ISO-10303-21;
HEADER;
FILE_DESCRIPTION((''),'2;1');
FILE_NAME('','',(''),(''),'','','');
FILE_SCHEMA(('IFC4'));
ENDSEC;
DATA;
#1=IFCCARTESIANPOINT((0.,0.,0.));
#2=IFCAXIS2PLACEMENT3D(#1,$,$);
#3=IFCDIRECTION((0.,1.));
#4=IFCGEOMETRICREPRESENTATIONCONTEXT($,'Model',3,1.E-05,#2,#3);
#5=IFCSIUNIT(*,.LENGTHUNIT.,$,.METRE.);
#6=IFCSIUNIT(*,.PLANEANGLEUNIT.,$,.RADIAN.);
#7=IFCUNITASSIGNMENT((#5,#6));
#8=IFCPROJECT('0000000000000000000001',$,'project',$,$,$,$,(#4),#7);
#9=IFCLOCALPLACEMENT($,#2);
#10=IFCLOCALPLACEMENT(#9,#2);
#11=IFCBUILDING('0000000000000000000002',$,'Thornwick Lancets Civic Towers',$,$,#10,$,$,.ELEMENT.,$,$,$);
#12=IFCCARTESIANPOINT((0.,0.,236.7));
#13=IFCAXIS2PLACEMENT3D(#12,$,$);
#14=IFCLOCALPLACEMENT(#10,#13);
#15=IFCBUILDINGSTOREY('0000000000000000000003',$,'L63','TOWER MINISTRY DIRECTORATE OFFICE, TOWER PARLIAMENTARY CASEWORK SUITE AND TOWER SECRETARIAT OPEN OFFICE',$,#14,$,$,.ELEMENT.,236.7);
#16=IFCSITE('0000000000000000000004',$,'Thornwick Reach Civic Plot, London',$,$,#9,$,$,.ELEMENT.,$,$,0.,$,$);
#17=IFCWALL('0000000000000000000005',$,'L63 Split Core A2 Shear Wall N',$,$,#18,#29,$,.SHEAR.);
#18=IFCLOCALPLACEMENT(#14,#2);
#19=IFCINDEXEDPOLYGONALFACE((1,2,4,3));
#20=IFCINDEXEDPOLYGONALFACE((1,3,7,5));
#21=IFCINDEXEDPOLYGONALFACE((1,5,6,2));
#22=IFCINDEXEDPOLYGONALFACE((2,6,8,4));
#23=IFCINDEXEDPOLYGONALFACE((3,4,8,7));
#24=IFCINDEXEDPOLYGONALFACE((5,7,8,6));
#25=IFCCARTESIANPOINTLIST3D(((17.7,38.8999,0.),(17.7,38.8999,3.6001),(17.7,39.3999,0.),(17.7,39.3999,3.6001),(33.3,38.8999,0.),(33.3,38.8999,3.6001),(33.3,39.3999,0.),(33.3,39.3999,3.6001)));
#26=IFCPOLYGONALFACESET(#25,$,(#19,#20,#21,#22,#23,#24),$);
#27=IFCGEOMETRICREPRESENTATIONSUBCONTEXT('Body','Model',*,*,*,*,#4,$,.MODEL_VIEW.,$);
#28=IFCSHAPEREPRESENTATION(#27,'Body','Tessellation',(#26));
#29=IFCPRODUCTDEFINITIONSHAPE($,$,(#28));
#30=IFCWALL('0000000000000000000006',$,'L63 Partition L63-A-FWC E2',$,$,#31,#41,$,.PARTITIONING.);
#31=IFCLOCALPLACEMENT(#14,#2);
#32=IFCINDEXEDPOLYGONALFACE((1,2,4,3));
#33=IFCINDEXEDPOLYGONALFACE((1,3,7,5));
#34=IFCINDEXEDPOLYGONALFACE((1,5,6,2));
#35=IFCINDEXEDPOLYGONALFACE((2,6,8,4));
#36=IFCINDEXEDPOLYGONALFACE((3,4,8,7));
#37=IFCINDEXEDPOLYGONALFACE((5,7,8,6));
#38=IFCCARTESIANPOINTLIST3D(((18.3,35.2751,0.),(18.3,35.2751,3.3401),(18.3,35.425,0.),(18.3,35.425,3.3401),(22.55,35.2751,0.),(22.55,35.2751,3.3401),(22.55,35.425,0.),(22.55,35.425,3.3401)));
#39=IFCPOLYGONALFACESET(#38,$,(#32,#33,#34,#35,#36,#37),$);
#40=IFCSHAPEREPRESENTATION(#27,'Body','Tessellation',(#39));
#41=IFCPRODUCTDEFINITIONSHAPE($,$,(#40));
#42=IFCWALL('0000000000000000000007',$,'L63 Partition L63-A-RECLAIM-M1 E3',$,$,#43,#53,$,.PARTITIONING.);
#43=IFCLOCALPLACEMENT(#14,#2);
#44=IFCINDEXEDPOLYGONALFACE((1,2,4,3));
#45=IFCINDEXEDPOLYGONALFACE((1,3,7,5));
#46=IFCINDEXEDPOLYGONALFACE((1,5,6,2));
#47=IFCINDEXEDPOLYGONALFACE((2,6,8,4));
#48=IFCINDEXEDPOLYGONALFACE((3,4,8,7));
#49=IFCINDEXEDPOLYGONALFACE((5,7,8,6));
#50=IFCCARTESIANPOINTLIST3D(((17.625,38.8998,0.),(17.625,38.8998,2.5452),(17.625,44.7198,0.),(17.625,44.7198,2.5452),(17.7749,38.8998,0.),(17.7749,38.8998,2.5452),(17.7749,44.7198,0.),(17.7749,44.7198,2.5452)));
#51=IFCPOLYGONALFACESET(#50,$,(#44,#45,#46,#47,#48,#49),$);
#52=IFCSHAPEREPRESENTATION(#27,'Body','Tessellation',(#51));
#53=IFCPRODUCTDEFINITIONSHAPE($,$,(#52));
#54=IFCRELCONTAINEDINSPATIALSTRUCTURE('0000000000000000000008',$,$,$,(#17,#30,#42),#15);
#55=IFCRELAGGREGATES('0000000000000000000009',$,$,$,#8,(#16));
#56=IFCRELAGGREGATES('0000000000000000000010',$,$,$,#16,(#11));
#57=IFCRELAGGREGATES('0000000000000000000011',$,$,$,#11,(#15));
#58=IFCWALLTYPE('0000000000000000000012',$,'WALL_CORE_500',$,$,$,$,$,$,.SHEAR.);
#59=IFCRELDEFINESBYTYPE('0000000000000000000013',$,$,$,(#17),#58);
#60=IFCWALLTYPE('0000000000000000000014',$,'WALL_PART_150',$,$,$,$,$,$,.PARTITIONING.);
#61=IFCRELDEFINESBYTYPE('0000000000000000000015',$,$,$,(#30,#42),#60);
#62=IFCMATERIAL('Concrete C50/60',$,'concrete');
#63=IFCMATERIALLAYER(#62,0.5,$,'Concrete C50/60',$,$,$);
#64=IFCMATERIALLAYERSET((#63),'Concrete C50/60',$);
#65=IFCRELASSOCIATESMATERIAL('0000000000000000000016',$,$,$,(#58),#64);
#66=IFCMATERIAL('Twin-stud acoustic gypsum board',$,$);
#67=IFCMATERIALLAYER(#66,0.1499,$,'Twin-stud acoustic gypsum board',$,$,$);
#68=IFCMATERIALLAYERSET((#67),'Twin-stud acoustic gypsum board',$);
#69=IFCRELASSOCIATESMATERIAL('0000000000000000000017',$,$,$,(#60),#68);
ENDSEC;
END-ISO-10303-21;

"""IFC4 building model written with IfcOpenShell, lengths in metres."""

from ifc_helpers import new_model, si_unit, direction, frame, frame_2d, origin, place, context, subcontext, project, spatial, rectangle, extrude, material, layer, layer_set, type_object, element, save


model = new_model("IFC4")

# Units and contexts
model_context = context("Model", 3, precision=1e-05, world=origin(), true_north=direction((0.0, 1.0)))
body_context = subcontext(model_context, "Body", "Model", "MODEL_VIEW")
ifc_project = project(units=[si_unit("LENGTHUNIT", "METRE"), si_unit("PLANEANGLEUNIT", "RADIAN")], contexts=[model_context])

# Site, building, storey
site_placement = place(None, origin())
site = spatial("IfcSite", under=ifc_project, at=site_placement, Name="Thornwick Reach Civic Plot, London", CompositionType="ELEMENT", RefElevation=0.0)
building_placement = place(site_placement, origin())
building = spatial("IfcBuilding", under=site, at=building_placement, Name="Thornwick Lancets Civic Towers", CompositionType="ELEMENT")
storey_placement = place(building_placement, frame((0.0, 0.0, 236.7)))
storey = spatial("IfcBuildingStorey", under=building, at=storey_placement, Name="L63", Description="TOWER MINISTRY DIRECTORATE OFFICE, TOWER PARLIAMENTARY CASEWORK SUITE AND TOWER SECRETARIAT OPEN OFFICE", CompositionType="ELEMENT", Elevation=236.7)

# Shared definitions
ifc_material_1 = material(Name="Concrete C50/60", Category="concrete")

# Walls
ifc_layer_1 = layer(ifc_material_1, 0.5, Name="Concrete C50/60")
ifc_layer_set_1 = layer_set([ifc_layer_1], Name="Concrete C50/60")
wall_type_1 = type_object("IfcWallType", Name="WALL_CORE_500", PredefinedType="SHEAR", material=ifc_layer_set_1)
wall_1_placement = place(storey_placement, frame((17.7, 39.1499, 0.0), z_axis=(0.0, 0.0, 1.0), x_axis=(1.0, 0.0, 0.0)))
element("IfcWall", 1, at=wall_1_placement, inside=storey, type_object=wall_type_1, Name="L63 Split Core A2 Shear Wall N", PredefinedType="SHEAR", context=body_context, shape_type="SweptSolid", body=[
    extrude(rectangle(XDim=15.6001, YDim=0.5, at=frame_2d((7.8, 0.0))), origin(), (0.0, 0.0, 1.0), 3.6001),
])
ifc_material_2 = material(Name="Twin-stud acoustic gypsum board")
ifc_layer_2 = layer(ifc_material_2, 0.1499, Name="Twin-stud acoustic gypsum board")
ifc_layer_set_2 = layer_set([ifc_layer_2], Name="Twin-stud acoustic gypsum board")
wall_type_2 = type_object("IfcWallType", Name="WALL_PART_150", PredefinedType="PARTITIONING", material=ifc_layer_set_2)
wall_2_placement = place(storey_placement, frame((18.3, 35.3501, 0.0), z_axis=(0.0, 0.0, 1.0), x_axis=(1.0, 0.0, 0.0)))
element("IfcWall", 2, at=wall_2_placement, inside=storey, type_object=wall_type_2, Name="L63 Partition L63-A-FWC E2", PredefinedType="PARTITIONING", context=body_context, shape_type="SweptSolid", body=[
    extrude(rectangle(XDim=4.25, YDim=0.1499, at=frame_2d((2.125, 0.0))), origin(), (0.0, 0.0, 1.0), 3.3401),
])
wall_3_placement = place(storey_placement, frame((17.7, 44.72, 0.0), z_axis=(0.0, 0.0, 1.0), x_axis=(0.0, -1.0, 0.0)))
element("IfcWall", 3, at=wall_3_placement, inside=storey, type_object=wall_type_2, Name="L63 Partition L63-A-RECLAIM-M1 E3", PredefinedType="PARTITIONING", context=body_context, shape_type="SweptSolid", body=[
    extrude(rectangle(XDim=5.8201, YDim=0.1499, at=frame_2d((2.9102, 0.0))), origin(), (0.0, 0.0, 1.0), 2.5452),
])

save(model, "model.ifc")
